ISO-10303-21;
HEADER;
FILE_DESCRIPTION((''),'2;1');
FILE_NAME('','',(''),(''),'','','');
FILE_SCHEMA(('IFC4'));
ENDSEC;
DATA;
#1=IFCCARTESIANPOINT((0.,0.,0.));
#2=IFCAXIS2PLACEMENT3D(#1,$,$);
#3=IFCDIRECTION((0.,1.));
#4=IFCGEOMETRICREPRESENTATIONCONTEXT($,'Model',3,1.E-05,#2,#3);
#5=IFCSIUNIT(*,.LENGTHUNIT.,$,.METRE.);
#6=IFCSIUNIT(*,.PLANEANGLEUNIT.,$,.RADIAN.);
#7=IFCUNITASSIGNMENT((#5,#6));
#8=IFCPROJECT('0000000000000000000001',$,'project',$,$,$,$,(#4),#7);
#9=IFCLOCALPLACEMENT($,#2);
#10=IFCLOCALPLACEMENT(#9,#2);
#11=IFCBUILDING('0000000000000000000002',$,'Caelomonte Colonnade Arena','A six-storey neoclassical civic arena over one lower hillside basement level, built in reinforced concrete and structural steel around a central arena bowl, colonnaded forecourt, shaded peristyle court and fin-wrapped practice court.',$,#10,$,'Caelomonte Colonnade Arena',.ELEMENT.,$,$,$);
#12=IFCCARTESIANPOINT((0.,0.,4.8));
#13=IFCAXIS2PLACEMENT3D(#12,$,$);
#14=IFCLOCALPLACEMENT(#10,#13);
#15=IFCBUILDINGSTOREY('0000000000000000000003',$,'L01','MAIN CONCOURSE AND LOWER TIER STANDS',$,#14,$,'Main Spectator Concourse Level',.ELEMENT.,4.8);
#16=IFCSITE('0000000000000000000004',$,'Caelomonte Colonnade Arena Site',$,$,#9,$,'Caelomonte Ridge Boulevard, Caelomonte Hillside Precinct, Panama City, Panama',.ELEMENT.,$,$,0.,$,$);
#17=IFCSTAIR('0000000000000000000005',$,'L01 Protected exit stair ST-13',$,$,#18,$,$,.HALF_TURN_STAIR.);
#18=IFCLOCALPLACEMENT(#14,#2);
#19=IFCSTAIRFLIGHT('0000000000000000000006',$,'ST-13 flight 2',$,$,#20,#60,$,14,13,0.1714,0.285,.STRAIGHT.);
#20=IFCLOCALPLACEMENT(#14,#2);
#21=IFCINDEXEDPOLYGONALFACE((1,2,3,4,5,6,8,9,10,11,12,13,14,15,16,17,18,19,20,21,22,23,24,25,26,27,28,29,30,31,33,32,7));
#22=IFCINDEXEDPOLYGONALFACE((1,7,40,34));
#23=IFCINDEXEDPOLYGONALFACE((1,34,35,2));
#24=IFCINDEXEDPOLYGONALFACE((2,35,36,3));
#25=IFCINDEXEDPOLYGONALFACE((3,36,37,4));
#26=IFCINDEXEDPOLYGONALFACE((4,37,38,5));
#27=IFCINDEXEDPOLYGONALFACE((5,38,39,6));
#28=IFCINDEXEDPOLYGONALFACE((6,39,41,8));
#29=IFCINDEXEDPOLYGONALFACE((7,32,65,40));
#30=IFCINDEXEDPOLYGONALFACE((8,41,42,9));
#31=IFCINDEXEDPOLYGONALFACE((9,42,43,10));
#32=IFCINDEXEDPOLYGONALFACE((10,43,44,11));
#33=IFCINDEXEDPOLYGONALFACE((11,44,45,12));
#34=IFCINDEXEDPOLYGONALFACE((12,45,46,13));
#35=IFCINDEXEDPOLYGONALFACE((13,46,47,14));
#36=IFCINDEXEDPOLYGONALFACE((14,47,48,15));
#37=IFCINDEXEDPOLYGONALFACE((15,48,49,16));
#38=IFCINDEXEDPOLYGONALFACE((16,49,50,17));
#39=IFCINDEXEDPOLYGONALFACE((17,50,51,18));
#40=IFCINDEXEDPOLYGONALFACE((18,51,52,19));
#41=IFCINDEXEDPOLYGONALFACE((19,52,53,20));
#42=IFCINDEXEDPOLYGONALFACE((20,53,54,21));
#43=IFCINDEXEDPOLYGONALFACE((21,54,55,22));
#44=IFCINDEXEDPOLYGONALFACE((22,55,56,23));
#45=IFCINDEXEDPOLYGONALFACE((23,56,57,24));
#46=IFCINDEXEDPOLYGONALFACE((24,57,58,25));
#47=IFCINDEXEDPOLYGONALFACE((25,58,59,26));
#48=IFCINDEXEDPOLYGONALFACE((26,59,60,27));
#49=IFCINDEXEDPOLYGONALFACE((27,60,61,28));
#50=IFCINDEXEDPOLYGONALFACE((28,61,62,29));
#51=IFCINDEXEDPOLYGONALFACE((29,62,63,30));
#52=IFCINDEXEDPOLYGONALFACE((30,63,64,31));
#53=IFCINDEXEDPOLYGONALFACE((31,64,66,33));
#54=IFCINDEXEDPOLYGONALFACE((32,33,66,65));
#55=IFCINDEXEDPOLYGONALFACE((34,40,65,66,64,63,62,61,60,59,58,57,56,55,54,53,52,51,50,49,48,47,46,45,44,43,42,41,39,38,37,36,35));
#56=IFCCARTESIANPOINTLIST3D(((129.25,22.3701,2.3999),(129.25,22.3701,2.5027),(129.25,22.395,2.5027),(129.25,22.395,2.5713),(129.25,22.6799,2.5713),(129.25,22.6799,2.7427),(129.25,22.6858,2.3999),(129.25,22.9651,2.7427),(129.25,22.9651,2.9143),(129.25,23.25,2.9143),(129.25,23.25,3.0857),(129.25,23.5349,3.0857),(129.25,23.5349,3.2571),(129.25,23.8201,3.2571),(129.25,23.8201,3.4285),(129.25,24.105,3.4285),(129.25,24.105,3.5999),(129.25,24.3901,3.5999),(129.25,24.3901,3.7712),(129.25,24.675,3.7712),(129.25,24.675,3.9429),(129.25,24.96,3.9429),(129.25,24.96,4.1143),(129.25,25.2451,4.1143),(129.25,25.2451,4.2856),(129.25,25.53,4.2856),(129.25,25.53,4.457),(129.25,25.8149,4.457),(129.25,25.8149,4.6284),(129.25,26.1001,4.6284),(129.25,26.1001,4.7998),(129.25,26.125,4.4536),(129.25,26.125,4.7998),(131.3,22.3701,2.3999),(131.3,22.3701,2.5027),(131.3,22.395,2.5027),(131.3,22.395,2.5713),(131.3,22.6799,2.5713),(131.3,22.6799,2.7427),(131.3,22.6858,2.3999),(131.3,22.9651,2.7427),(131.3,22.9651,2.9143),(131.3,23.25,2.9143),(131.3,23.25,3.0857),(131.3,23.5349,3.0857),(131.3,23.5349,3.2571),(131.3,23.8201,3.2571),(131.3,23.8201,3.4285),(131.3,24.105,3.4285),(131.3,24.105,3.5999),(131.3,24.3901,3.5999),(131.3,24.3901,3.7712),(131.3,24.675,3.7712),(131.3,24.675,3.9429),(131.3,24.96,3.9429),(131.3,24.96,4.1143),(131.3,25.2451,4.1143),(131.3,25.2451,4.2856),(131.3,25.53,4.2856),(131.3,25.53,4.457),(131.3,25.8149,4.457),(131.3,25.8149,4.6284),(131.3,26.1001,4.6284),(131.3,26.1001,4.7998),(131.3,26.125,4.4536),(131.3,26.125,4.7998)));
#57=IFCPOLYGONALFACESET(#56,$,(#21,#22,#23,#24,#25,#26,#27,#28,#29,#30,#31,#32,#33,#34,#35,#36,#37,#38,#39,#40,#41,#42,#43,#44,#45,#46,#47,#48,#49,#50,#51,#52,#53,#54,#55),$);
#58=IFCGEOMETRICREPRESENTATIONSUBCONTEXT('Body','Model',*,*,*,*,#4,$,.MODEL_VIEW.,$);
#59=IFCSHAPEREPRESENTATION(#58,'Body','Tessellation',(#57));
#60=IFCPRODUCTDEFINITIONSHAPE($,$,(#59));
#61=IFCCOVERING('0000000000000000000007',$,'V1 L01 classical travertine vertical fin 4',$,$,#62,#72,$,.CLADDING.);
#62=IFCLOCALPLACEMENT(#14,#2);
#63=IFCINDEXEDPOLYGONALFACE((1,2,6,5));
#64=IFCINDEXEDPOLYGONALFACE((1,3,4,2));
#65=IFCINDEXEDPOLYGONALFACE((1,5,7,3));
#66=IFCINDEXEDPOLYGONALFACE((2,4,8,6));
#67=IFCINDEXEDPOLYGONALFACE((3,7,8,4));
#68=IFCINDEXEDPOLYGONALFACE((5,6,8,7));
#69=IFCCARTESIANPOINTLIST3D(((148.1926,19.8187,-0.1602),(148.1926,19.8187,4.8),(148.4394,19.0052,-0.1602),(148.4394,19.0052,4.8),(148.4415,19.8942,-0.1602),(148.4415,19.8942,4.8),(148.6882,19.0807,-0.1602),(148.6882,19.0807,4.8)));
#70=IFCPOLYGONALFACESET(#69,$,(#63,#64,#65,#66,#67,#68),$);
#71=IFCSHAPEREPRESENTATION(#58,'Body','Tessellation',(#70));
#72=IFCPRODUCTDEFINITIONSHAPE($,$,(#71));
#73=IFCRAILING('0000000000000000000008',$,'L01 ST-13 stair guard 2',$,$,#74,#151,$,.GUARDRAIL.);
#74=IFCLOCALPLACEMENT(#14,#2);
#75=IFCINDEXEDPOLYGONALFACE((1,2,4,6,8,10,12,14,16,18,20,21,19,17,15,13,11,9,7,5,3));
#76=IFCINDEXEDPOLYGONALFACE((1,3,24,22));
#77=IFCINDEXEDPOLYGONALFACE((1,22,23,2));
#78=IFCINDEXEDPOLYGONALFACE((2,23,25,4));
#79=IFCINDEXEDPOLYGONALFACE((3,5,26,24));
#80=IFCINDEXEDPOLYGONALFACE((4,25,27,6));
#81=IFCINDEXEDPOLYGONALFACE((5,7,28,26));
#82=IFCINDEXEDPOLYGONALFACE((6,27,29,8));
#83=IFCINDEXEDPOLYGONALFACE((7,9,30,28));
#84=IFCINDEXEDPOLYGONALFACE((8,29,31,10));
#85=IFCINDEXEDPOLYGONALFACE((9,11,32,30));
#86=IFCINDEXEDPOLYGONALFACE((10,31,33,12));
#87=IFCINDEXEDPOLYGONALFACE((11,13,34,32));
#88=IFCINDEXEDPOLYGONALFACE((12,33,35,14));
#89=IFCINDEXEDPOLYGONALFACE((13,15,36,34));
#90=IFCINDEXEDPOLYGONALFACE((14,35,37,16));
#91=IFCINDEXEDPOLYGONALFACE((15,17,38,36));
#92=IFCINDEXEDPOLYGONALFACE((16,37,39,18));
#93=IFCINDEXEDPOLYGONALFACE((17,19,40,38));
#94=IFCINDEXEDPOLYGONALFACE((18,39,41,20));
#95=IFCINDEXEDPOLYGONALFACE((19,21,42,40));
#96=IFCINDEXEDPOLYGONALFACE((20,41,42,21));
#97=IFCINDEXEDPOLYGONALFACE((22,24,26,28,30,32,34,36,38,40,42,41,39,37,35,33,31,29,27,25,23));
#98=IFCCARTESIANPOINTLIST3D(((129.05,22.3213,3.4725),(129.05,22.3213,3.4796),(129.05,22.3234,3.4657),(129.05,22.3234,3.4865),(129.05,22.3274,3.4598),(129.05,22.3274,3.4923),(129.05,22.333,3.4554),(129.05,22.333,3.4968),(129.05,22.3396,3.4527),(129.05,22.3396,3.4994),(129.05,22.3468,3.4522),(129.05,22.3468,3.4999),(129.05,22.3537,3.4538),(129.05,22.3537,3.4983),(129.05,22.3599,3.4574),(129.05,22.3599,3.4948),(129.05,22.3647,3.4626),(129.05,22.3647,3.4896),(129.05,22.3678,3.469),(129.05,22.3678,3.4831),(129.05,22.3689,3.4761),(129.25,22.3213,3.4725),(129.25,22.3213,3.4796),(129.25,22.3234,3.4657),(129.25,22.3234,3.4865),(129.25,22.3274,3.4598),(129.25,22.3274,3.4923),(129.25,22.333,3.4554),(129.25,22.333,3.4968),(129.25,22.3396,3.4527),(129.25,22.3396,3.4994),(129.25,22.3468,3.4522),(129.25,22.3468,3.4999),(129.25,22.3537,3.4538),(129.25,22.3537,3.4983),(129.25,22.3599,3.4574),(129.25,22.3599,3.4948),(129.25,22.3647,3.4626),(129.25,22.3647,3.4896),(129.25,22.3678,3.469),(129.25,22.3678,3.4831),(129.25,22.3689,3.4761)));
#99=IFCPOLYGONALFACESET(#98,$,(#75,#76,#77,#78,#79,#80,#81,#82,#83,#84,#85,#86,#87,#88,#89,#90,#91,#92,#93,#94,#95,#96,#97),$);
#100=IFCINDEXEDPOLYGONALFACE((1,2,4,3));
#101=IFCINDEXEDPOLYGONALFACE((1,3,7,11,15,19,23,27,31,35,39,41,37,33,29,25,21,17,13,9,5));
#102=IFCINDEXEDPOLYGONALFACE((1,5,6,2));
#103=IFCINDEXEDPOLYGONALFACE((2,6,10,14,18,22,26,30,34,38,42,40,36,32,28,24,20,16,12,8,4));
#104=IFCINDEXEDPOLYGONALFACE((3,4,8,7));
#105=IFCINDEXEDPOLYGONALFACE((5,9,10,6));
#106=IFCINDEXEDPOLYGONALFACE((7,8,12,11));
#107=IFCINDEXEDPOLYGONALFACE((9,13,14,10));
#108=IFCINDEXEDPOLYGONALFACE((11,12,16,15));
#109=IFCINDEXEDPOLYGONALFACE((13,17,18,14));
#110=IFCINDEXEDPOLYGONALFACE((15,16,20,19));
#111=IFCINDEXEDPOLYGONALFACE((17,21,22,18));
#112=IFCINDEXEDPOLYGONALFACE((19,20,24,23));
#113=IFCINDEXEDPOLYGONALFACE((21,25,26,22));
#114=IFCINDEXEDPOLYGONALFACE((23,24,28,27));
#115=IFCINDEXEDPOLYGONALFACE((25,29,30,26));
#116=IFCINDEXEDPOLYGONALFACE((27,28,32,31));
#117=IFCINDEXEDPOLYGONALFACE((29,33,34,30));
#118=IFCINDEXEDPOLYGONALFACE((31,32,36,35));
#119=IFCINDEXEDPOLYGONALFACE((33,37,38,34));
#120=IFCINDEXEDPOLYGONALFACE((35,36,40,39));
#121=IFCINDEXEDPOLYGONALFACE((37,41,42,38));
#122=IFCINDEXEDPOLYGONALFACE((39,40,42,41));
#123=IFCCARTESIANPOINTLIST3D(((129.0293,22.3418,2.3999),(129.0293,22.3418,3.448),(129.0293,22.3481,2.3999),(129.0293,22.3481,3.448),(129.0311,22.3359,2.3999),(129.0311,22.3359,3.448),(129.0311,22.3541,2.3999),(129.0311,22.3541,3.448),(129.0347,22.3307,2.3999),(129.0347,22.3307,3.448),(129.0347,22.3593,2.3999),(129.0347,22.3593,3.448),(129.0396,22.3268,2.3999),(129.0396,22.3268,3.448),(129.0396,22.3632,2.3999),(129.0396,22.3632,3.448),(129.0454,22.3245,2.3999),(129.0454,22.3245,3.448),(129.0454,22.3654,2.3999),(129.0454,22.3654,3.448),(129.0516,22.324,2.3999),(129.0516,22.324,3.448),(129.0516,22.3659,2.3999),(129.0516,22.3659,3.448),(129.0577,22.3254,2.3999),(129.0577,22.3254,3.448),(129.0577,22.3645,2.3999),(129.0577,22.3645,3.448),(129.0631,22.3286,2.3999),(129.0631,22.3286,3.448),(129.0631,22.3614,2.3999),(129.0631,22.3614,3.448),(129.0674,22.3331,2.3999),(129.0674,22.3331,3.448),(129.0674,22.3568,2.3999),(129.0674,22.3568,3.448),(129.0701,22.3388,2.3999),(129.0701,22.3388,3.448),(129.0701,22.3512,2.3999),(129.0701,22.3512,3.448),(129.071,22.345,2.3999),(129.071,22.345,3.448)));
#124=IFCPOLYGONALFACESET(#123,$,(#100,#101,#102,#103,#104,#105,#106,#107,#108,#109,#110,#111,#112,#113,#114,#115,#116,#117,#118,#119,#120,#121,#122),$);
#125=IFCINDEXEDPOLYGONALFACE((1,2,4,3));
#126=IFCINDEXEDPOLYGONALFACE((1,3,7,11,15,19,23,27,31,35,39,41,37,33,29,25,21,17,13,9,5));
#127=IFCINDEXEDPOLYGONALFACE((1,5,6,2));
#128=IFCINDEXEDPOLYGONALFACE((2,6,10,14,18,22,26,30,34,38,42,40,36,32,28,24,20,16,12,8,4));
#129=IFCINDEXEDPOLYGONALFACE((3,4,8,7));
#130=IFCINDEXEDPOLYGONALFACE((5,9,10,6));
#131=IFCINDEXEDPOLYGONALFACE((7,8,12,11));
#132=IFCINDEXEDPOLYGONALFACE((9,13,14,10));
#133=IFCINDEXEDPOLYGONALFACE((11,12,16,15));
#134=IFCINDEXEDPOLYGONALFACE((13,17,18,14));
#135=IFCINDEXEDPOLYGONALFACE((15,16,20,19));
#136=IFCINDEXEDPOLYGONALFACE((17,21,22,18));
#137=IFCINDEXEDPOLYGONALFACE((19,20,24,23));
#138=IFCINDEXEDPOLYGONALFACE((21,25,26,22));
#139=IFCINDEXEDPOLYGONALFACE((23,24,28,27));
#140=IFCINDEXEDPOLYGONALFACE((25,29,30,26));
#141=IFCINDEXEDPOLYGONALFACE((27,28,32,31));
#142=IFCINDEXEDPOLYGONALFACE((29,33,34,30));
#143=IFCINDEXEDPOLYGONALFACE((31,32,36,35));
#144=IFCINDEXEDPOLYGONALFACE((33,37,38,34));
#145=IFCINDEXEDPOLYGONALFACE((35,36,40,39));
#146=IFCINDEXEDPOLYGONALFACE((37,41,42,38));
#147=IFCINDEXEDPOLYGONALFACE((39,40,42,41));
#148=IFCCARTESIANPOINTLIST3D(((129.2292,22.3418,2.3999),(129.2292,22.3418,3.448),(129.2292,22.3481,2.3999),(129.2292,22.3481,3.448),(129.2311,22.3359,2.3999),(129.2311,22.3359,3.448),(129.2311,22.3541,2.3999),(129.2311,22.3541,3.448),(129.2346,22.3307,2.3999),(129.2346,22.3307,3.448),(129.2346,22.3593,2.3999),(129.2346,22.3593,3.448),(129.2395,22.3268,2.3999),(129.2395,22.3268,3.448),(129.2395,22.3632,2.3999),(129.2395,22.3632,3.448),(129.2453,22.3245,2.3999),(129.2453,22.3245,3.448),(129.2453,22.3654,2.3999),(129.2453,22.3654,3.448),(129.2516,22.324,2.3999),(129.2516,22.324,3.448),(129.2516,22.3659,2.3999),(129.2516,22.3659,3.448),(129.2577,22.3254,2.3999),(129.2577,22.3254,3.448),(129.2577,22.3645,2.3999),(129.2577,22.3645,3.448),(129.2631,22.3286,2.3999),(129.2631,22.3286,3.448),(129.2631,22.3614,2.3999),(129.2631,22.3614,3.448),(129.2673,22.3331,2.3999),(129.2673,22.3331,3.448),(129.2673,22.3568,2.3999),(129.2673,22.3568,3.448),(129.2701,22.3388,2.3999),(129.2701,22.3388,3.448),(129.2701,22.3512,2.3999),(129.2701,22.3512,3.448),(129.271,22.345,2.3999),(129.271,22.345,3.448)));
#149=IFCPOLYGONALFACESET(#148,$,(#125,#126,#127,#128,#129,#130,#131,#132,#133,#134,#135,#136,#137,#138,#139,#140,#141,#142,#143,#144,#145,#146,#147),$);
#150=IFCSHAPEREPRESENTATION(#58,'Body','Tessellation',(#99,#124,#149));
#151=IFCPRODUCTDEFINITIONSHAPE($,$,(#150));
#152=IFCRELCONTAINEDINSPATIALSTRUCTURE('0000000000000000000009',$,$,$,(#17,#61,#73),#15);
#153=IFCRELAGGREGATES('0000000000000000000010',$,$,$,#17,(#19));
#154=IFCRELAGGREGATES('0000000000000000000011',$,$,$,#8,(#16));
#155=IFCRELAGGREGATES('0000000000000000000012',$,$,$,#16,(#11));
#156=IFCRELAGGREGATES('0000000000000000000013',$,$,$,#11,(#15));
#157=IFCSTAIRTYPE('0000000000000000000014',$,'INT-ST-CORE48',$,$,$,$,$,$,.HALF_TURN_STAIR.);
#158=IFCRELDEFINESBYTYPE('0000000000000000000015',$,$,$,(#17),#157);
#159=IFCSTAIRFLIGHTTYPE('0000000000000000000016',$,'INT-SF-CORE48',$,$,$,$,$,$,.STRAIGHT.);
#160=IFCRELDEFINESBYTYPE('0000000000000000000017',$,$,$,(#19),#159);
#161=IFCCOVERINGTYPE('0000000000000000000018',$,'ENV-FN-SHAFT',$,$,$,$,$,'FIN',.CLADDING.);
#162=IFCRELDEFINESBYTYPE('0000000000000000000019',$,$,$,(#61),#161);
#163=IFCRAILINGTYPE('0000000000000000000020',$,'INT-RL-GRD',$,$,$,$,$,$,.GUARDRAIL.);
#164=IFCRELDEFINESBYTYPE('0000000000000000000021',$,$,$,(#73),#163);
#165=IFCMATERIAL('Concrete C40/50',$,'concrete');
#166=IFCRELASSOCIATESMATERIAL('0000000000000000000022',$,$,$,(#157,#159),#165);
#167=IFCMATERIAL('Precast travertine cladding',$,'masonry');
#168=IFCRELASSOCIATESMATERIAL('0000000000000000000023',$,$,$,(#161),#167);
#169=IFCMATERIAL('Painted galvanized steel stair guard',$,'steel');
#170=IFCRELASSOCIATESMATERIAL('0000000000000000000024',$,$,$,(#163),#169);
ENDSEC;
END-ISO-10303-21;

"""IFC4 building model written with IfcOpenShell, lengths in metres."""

from ifc_helpers import new_model, si_unit, direction, frame, origin, origin_2d, place, context, subcontext, project, spatial, polyline, rectangle, circle, outline, extrude, material, material_profile, profile_set, type_object, element, aggregate, save


model = new_model("IFC4")

# Units and contexts
model_context = context("Model", 3, precision=1e-05, world=origin(), true_north=direction((0.0, 1.0)))
body_context = subcontext(model_context, "Body", "Model", "MODEL_VIEW")
ifc_project = project(units=[si_unit("LENGTHUNIT", "METRE"), si_unit("PLANEANGLEUNIT", "RADIAN")], contexts=[model_context])

# Site, building, storey
site_placement = place(None, origin())
site = spatial("IfcSite", under=ifc_project, at=site_placement, Name="Caelomonte Colonnade Arena Site", LongName="Caelomonte Ridge Boulevard, Caelomonte Hillside Precinct, Panama City, Panama", CompositionType="ELEMENT", RefElevation=0.0)
building_placement = place(site_placement, origin())
building = spatial("IfcBuilding", under=site, at=building_placement, Name="Caelomonte Colonnade Arena", Description="A six-storey neoclassical civic arena over one lower hillside basement level, built in reinforced concrete and structural steel around a central arena bowl, colonnaded forecourt, shaded peristyle court and fin-wrapped practice court.", LongName="Caelomonte Colonnade Arena", CompositionType="ELEMENT")
storey_placement = place(building_placement, frame((0.0, 0.0, 4.8)))
storey = spatial("IfcBuildingStorey", under=building, at=storey_placement, Name="L01", Description="MAIN CONCOURSE AND LOWER TIER STANDS", LongName="Main Spectator Concourse Level", CompositionType="ELEMENT", Elevation=4.8)

# Shared definitions
ifc_material_1 = material(Name="Concrete C40/50", Category="concrete")

# Stair, stair flight
stair_type = type_object("IfcStairType", Name="INT-ST-CORE48", PredefinedType="HALF_TURN_STAIR", material=ifc_material_1)
stair_placement = place(storey_placement, origin())
stair = element("IfcStair", 1, at=stair_placement, inside=storey, type_object=stair_type, Name="L01 Protected exit stair ST-13", PredefinedType="HALF_TURN_STAIR")
stair_flight_type = type_object("IfcStairFlightType", Name="INT-SF-CORE48", PredefinedType="STRAIGHT", material=ifc_material_1)
stair_flight_placement = place(storey_placement, frame((130.2749, 22.395, 2.3999), z_axis=(0.0, 0.0, 1.0), x_axis=(0.0, 1.0, 0.0)))
stair_flight = element("IfcStairFlight", 2, at=stair_flight_placement, type_object=stair_flight_type, Name="ST-13 flight 2", NumberOfRisers=14, NumberOfTreads=13, PredefinedType="STRAIGHT", RiserHeight=0.1714, TreadLength=0.285, context=body_context, shape_type="SweptSolid", body=[
    extrude(outline(polyline([(-0.0249, 0.0), (-0.0249, 0.1028), (0.0, 0.1028), (0.0, 0.1714), (0.2849, 0.1714), (0.2849, 0.3428), (0.5701, 0.3428), (0.5701, 0.5144), (0.855, 0.5144), (0.855, 0.6858), (1.1399, 0.6858), (1.1399, 0.8572), (1.425, 0.8572), (1.425, 1.0286), (1.71, 1.0286), (1.71, 1.2), (1.9951, 1.2), (1.9951, 1.3713), (2.28, 1.3713), (2.28, 1.543), (2.5649, 1.543), (2.5649, 1.7144), (2.8501, 1.7144), (2.8501, 1.8857), (3.135, 1.8857), (3.135, 2.0571), (3.4199, 2.0571), (3.4199, 2.2285), (3.7051, 2.2285), (3.7051, 2.3999), (3.73, 2.3999), (3.73, 2.0537), (0.2908, 0.0), (-0.0249, 0.0)])), frame((0.0, 1.0249, 0.0), z_axis=(0.0, -1.0, 0.0), x_axis=(1.0, 0.0, 0.0)), (0.0, 0.0, 1.0), 2.05),
])
aggregate(stair, [stair_flight])

# Covering
ifc_material_2 = material(Name="Precast travertine cladding", Category="masonry")
ifc_material_profile_1 = material_profile(ifc_material_2, rectangle(XDim=0.26, YDim=0.8501, at=origin_2d()), Name="FIN260X850")
ifc_profile_set_1 = profile_set([ifc_material_profile_1], Name="Precast travertine cladding")
covering_type = type_object("IfcCoveringType", Name="ENV-FN-SHAFT", ElementType="FIN", PredefinedType="CLADDING", material=ifc_profile_set_1)
covering_placement = place(storey_placement, frame((148.4404, 19.4497, -0.1602), z_axis=(0.0, 0.0, 1.0), x_axis=(-0.956943, -0.290276, 0.0)))
element("IfcCovering", 3, at=covering_placement, inside=storey, type_object=covering_type, Name="V1 L01 classical travertine vertical fin 4", PredefinedType="CLADDING", context=body_context, shape_type="SweptSolid", body=[
    extrude(rectangle(XDim=0.26, YDim=0.8501, at=origin_2d()), origin(), (0.0, 0.0, 1.0), 4.9602),
])

# Railing
ifc_material_3 = material(Name="Painted galvanized steel stair guard", Category="steel")
railing_type_1 = type_object("IfcRailingType", Name="INT-RL-GRD", PredefinedType="GUARDRAIL", material=ifc_material_3)
railing_1_placement = place(storey_placement, frame((129.05, 22.345, 2.3999)))
element("IfcRailing", 4, at=railing_1_placement, inside=storey, type_object=railing_type_1, Name="L01 ST-13 stair guard 2", PredefinedType="GUARDRAIL", context=body_context, shape_type="SweptSolid", body=[
    extrude(circle(Radius=0.0239, at=origin_2d()), frame((0.0, 0.0, 1.0762), z_axis=(1.0, 0.0, 0.0), x_axis=(0.0, 1.0, 0.0)), (0.0, 0.0, 1.0), 0.2),
    extrude(circle(Radius=0.021, at=origin_2d()), origin(), (0.0, 0.0, 1.0), 1.0481),
    extrude(circle(Radius=0.021, at=origin_2d()), frame((0.2, 0.0, 0.0)), (0.0, 0.0, 1.0), 1.0481),
])

save(model, "model.ifc")
